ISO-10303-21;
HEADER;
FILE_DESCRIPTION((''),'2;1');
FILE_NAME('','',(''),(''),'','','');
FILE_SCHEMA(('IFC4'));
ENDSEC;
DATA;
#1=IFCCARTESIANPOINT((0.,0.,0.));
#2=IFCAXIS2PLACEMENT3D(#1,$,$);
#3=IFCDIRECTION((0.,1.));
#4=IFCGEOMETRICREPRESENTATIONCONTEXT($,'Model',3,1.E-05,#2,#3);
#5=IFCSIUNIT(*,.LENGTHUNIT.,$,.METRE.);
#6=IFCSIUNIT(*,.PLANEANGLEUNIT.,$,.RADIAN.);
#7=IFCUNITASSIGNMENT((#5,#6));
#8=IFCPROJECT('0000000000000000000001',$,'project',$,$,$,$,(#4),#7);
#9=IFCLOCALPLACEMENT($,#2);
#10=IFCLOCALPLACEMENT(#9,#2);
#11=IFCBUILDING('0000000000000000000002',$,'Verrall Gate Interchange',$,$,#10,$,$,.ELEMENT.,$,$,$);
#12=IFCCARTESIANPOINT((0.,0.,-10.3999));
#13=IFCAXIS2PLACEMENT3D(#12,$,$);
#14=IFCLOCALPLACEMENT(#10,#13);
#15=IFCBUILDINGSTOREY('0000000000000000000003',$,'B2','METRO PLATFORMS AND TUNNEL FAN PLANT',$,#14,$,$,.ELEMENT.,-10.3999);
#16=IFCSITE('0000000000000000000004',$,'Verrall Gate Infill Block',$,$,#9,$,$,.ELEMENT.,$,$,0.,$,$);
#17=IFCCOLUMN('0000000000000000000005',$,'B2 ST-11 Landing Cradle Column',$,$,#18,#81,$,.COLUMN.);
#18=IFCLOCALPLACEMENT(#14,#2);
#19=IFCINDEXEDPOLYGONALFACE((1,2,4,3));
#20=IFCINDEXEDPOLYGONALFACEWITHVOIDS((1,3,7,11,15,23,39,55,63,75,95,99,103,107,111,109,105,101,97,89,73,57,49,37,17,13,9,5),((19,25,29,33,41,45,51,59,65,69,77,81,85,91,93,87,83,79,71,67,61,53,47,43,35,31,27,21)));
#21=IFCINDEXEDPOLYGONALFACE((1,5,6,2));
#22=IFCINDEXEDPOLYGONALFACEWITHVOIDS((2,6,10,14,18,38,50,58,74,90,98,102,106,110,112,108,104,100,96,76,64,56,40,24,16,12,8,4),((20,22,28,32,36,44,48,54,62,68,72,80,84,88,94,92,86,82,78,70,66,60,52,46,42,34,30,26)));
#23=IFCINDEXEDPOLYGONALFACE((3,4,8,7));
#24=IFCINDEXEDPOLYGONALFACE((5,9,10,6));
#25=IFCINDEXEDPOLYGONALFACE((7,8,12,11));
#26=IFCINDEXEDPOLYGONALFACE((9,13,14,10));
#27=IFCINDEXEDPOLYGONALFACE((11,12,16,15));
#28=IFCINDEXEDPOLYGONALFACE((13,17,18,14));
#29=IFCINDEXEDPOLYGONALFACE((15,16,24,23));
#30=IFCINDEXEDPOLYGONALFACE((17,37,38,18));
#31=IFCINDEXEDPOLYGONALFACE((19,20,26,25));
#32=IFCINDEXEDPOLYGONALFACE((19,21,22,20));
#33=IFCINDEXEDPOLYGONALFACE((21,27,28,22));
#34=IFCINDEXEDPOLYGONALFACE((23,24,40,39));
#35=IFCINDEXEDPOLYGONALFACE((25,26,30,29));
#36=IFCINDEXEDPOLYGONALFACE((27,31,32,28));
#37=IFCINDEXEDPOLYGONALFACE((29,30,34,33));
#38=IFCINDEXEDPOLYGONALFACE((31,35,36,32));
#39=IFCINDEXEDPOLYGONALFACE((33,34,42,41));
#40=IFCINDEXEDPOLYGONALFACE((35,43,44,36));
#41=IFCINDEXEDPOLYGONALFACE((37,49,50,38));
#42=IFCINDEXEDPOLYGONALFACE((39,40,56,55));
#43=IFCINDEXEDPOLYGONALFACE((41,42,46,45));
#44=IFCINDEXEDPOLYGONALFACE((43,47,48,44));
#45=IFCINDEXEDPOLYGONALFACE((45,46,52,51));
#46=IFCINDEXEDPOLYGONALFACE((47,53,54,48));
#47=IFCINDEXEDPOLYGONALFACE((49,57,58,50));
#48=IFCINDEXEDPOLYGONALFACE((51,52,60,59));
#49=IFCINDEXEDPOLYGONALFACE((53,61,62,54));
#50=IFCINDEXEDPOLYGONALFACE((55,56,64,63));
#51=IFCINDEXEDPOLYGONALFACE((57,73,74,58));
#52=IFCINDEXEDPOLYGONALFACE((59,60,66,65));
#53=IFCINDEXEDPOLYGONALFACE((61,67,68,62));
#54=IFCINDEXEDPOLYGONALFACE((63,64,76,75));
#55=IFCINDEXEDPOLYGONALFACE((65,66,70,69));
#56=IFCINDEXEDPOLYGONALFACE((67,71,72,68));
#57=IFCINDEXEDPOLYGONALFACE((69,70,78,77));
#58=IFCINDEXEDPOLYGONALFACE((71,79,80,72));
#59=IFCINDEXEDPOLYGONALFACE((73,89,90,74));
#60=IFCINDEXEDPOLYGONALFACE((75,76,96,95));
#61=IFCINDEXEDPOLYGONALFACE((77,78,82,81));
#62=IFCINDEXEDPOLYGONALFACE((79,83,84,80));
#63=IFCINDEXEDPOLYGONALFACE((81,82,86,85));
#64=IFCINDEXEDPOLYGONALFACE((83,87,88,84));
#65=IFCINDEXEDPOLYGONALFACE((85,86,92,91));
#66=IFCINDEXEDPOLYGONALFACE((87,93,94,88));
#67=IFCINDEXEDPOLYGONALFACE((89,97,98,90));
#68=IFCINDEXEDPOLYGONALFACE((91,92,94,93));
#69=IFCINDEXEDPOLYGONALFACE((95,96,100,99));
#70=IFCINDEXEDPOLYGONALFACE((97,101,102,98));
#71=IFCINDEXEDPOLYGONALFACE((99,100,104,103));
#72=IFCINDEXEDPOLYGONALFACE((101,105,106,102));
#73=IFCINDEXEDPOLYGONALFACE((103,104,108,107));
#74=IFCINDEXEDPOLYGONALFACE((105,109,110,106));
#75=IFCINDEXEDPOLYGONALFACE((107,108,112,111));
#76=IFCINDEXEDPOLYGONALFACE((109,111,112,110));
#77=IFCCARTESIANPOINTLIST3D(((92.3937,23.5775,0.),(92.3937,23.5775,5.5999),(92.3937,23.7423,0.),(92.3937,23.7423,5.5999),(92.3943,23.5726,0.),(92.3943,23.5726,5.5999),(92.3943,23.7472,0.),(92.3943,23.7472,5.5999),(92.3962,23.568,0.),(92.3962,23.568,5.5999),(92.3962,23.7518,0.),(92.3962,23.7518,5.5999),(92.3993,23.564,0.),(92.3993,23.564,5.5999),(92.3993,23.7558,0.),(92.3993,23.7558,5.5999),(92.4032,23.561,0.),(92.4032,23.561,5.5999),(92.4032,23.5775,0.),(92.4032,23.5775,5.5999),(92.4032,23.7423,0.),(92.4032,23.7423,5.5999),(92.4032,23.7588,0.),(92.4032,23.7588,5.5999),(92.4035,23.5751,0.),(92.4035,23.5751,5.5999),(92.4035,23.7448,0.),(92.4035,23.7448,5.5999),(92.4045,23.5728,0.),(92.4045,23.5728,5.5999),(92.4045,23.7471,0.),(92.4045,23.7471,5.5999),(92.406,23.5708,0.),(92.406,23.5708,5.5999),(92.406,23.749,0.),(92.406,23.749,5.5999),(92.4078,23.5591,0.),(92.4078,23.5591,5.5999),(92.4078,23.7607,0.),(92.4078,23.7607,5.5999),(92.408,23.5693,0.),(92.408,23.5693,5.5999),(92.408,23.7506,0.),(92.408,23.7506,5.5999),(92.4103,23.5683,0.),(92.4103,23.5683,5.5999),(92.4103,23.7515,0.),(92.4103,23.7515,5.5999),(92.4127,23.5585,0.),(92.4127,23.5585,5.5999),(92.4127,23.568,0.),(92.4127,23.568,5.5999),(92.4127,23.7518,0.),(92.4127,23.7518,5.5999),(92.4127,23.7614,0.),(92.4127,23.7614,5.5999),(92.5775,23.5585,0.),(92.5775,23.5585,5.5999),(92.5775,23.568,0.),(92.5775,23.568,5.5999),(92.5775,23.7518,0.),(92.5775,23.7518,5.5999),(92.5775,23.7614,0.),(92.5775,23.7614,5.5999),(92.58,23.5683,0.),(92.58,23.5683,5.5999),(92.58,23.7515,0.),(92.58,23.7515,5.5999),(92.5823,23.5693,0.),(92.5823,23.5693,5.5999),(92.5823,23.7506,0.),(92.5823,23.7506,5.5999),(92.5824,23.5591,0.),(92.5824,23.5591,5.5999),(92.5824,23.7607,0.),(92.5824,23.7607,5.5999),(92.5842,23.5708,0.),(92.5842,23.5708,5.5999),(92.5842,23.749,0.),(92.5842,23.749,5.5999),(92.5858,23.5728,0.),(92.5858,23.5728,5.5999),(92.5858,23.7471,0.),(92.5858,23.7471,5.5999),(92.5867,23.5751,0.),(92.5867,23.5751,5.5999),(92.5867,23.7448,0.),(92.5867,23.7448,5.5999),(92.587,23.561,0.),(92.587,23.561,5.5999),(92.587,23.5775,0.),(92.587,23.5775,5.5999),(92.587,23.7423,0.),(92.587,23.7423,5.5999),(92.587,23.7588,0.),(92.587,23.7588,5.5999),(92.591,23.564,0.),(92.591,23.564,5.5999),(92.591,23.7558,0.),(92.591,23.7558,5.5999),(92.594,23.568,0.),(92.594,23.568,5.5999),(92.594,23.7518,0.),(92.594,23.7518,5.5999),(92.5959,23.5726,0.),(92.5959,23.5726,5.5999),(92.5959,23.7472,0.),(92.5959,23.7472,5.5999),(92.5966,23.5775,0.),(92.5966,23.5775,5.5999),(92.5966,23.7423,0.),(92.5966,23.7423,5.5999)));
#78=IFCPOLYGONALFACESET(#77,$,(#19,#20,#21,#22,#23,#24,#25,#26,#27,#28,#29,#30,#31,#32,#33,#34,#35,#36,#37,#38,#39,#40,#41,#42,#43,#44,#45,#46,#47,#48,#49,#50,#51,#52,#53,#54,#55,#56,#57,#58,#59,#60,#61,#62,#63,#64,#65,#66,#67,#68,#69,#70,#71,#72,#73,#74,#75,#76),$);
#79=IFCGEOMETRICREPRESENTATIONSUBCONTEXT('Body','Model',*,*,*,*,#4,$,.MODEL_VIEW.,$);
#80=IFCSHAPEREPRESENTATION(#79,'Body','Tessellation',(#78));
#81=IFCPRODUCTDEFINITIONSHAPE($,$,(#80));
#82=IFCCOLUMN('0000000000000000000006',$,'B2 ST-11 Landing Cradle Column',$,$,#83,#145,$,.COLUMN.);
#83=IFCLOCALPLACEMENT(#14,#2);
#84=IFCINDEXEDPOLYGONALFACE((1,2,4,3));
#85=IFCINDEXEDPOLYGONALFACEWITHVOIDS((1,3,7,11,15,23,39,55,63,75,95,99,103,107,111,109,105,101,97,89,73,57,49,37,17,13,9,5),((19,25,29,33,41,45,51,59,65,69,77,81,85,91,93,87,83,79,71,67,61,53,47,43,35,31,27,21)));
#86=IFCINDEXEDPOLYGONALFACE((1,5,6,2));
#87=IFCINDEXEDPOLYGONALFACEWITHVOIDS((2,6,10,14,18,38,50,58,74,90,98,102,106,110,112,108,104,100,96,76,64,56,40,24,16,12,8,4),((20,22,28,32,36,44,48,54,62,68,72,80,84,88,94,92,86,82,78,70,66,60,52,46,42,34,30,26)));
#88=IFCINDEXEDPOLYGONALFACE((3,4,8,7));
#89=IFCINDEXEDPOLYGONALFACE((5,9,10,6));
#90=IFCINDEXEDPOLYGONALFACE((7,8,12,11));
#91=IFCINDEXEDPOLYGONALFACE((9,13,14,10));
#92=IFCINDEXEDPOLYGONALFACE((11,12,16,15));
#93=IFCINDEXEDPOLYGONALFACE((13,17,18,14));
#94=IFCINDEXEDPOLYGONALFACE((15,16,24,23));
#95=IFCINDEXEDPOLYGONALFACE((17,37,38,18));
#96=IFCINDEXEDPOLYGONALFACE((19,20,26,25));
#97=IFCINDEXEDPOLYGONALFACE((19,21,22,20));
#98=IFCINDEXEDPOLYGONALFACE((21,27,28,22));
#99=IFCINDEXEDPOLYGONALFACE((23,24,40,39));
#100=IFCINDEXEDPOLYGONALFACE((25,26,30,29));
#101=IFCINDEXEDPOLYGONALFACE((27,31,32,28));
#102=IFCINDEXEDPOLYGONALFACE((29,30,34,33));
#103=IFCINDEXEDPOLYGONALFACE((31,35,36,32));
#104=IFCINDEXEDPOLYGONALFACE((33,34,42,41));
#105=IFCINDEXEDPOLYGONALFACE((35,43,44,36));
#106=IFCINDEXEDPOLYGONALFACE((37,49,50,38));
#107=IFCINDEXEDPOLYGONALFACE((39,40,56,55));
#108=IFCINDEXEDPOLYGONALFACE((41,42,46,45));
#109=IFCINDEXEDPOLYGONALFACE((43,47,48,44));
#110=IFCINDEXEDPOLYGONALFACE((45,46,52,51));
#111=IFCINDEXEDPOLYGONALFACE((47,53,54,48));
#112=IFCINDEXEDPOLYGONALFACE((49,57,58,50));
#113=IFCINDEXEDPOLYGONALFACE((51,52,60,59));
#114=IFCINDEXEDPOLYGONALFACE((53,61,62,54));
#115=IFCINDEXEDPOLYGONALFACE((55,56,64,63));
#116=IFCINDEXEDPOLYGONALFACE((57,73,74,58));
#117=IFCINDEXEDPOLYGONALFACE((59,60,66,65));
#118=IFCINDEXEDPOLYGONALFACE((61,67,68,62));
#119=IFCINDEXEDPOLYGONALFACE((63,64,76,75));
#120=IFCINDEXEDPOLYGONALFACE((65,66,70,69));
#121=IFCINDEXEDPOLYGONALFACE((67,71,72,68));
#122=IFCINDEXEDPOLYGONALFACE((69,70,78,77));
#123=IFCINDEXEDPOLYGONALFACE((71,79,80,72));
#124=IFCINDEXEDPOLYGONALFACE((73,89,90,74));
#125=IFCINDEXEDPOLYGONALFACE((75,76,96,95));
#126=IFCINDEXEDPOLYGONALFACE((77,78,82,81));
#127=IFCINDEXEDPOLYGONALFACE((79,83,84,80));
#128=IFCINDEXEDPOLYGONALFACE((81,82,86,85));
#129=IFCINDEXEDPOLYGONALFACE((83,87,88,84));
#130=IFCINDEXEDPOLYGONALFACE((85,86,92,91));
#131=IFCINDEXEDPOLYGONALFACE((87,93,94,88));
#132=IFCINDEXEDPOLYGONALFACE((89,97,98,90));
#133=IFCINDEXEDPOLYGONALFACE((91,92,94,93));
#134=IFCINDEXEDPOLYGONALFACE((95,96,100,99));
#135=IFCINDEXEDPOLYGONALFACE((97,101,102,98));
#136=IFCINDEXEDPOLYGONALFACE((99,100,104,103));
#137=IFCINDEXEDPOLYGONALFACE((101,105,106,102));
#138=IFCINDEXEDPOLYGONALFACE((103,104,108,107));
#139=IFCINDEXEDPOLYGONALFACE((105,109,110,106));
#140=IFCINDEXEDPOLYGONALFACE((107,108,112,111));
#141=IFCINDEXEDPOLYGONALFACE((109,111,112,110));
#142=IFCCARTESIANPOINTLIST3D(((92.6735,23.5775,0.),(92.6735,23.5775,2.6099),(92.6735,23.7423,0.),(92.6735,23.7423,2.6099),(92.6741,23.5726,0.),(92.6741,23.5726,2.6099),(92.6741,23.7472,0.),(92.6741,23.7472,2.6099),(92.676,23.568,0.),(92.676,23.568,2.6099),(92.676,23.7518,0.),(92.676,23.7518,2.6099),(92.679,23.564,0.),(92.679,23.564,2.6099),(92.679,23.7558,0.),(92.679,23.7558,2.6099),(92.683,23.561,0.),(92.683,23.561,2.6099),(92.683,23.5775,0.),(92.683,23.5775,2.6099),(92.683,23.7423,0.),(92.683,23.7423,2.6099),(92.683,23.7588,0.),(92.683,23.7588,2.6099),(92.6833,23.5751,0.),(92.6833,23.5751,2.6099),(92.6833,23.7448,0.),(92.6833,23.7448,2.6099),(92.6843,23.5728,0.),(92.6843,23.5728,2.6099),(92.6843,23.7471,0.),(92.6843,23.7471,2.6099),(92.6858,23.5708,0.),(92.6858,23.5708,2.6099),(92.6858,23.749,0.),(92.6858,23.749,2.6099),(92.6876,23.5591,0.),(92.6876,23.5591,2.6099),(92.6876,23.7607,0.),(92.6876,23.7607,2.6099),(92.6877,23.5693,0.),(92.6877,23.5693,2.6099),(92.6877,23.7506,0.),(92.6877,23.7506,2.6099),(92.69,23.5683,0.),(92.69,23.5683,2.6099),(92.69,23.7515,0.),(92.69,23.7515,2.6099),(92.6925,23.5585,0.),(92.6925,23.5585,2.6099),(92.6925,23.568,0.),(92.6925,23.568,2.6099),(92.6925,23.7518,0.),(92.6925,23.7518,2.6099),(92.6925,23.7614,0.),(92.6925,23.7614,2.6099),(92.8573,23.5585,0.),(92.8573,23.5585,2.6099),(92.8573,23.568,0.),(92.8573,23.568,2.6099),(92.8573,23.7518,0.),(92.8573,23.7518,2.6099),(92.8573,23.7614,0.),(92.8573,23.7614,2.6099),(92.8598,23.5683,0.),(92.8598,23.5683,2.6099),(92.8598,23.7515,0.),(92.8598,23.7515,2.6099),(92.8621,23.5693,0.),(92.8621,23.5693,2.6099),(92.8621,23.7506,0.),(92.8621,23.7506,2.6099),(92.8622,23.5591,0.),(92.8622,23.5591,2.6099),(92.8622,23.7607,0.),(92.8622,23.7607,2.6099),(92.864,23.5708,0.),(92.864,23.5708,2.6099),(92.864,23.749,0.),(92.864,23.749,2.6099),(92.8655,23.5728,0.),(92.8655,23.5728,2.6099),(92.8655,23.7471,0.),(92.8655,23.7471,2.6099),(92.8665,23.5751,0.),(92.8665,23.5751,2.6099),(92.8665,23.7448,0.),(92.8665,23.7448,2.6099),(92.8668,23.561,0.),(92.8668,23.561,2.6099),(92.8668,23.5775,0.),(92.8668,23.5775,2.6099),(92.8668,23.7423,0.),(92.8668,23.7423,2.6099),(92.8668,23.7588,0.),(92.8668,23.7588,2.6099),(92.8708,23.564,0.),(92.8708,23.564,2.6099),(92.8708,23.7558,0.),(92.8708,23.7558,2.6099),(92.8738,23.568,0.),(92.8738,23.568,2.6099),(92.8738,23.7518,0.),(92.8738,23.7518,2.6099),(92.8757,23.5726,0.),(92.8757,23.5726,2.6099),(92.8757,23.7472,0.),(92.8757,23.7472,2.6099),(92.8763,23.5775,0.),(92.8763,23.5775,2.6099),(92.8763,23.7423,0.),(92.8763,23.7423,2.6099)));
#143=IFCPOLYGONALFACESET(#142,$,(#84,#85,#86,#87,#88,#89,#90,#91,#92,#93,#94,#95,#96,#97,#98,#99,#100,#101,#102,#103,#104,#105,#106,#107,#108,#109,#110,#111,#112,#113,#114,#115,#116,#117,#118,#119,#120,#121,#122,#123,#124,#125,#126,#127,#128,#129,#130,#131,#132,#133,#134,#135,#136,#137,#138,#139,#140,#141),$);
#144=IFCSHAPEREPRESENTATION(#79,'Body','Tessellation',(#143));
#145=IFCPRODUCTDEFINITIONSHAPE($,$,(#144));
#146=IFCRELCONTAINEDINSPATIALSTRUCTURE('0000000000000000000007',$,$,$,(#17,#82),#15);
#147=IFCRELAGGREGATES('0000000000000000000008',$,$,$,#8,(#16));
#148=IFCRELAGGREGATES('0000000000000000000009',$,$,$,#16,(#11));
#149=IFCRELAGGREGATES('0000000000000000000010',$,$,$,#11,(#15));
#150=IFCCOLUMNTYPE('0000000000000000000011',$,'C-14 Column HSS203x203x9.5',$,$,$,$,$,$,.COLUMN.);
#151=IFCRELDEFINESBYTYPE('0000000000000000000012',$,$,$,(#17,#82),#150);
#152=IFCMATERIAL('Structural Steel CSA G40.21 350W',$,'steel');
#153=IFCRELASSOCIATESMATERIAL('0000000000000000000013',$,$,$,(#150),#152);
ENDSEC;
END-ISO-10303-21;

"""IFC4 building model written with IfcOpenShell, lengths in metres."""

from ifc_helpers import new_model, si_unit, direction, frame, origin, origin_2d, place, context, subcontext, project, spatial, hollow_rectangle, extrude, material, material_profile, profile_set, type_object, element, save


model = new_model("IFC4")

# Units and contexts
model_context = context("Model", 3, precision=1e-05, world=origin(), true_north=direction((0.0, 1.0)))
body_context = subcontext(model_context, "Body", "Model", "MODEL_VIEW")
ifc_project = project(units=[si_unit("LENGTHUNIT", "METRE"), si_unit("PLANEANGLEUNIT", "RADIAN")], contexts=[model_context])

# Site, building, storey
site_placement = place(None, origin())
site = spatial("IfcSite", under=ifc_project, at=site_placement, Name="Verrall Gate Infill Block", CompositionType="ELEMENT", RefElevation=0.0)
building_placement = place(site_placement, origin())
building = spatial("IfcBuilding", under=site, at=building_placement, Name="Verrall Gate Interchange", CompositionType="ELEMENT")
storey_placement = place(building_placement, frame((0.0, 0.0, -10.3999)))
storey = spatial("IfcBuildingStorey", under=building, at=storey_placement, Name="B2", Description="METRO PLATFORMS AND TUNNEL FAN PLANT", CompositionType="ELEMENT", Elevation=-10.3999)

# Columns
ifc_material_1 = material(Name="Structural Steel CSA G40.21 350W", Category="steel")
ifc_material_profile_1 = material_profile(ifc_material_1, hollow_rectangle(XDim=0.2029, YDim=0.2029, WallThickness=0.0095, InnerFilletRadius=0.0095, OuterFilletRadius=0.019, at=origin_2d()), Name="HSS203x203x9.5")
ifc_profile_set_1 = profile_set([ifc_material_profile_1], Name="Structural Steel CSA G40.21 350W")
column_type_1 = type_object("IfcColumnType", Name="C-14 Column HSS203x203x9.5", PredefinedType="COLUMN", material=ifc_profile_set_1)
column_1_placement = place(storey_placement, frame((92.4951, 23.6599, 0.0), z_axis=(0.0, 0.0, 1.0), x_axis=(1.0, 0.0, 0.0)))
element("IfcColumn", 1, at=column_1_placement, inside=storey, type_object=column_type_1, Name="B2 ST-11 Landing Cradle Column", PredefinedType="COLUMN", context=body_context, shape_type="SweptSolid", body=[
    extrude(hollow_rectangle(XDim=0.2029, YDim=0.2029, WallThickness=0.0095, InnerFilletRadius=0.0095, OuterFilletRadius=0.019, at=origin_2d()), origin(), (0.0, 0.0, 1.0), 5.5999),
])
column_2_placement = place(storey_placement, frame((92.7749, 23.6599, 0.0), z_axis=(0.0, 0.0, 1.0), x_axis=(1.0, 0.0, 0.0)))
element("IfcColumn", 2, at=column_2_placement, inside=storey, type_object=column_type_1, Name="B2 ST-11 Landing Cradle Column", PredefinedType="COLUMN", context=body_context, shape_type="SweptSolid", body=[
    extrude(hollow_rectangle(XDim=0.2029, YDim=0.2029, WallThickness=0.0095, InnerFilletRadius=0.0095, OuterFilletRadius=0.019, at=origin_2d()), origin(), (0.0, 0.0, 1.0), 2.6099),
])

save(model, "model.ifc")
